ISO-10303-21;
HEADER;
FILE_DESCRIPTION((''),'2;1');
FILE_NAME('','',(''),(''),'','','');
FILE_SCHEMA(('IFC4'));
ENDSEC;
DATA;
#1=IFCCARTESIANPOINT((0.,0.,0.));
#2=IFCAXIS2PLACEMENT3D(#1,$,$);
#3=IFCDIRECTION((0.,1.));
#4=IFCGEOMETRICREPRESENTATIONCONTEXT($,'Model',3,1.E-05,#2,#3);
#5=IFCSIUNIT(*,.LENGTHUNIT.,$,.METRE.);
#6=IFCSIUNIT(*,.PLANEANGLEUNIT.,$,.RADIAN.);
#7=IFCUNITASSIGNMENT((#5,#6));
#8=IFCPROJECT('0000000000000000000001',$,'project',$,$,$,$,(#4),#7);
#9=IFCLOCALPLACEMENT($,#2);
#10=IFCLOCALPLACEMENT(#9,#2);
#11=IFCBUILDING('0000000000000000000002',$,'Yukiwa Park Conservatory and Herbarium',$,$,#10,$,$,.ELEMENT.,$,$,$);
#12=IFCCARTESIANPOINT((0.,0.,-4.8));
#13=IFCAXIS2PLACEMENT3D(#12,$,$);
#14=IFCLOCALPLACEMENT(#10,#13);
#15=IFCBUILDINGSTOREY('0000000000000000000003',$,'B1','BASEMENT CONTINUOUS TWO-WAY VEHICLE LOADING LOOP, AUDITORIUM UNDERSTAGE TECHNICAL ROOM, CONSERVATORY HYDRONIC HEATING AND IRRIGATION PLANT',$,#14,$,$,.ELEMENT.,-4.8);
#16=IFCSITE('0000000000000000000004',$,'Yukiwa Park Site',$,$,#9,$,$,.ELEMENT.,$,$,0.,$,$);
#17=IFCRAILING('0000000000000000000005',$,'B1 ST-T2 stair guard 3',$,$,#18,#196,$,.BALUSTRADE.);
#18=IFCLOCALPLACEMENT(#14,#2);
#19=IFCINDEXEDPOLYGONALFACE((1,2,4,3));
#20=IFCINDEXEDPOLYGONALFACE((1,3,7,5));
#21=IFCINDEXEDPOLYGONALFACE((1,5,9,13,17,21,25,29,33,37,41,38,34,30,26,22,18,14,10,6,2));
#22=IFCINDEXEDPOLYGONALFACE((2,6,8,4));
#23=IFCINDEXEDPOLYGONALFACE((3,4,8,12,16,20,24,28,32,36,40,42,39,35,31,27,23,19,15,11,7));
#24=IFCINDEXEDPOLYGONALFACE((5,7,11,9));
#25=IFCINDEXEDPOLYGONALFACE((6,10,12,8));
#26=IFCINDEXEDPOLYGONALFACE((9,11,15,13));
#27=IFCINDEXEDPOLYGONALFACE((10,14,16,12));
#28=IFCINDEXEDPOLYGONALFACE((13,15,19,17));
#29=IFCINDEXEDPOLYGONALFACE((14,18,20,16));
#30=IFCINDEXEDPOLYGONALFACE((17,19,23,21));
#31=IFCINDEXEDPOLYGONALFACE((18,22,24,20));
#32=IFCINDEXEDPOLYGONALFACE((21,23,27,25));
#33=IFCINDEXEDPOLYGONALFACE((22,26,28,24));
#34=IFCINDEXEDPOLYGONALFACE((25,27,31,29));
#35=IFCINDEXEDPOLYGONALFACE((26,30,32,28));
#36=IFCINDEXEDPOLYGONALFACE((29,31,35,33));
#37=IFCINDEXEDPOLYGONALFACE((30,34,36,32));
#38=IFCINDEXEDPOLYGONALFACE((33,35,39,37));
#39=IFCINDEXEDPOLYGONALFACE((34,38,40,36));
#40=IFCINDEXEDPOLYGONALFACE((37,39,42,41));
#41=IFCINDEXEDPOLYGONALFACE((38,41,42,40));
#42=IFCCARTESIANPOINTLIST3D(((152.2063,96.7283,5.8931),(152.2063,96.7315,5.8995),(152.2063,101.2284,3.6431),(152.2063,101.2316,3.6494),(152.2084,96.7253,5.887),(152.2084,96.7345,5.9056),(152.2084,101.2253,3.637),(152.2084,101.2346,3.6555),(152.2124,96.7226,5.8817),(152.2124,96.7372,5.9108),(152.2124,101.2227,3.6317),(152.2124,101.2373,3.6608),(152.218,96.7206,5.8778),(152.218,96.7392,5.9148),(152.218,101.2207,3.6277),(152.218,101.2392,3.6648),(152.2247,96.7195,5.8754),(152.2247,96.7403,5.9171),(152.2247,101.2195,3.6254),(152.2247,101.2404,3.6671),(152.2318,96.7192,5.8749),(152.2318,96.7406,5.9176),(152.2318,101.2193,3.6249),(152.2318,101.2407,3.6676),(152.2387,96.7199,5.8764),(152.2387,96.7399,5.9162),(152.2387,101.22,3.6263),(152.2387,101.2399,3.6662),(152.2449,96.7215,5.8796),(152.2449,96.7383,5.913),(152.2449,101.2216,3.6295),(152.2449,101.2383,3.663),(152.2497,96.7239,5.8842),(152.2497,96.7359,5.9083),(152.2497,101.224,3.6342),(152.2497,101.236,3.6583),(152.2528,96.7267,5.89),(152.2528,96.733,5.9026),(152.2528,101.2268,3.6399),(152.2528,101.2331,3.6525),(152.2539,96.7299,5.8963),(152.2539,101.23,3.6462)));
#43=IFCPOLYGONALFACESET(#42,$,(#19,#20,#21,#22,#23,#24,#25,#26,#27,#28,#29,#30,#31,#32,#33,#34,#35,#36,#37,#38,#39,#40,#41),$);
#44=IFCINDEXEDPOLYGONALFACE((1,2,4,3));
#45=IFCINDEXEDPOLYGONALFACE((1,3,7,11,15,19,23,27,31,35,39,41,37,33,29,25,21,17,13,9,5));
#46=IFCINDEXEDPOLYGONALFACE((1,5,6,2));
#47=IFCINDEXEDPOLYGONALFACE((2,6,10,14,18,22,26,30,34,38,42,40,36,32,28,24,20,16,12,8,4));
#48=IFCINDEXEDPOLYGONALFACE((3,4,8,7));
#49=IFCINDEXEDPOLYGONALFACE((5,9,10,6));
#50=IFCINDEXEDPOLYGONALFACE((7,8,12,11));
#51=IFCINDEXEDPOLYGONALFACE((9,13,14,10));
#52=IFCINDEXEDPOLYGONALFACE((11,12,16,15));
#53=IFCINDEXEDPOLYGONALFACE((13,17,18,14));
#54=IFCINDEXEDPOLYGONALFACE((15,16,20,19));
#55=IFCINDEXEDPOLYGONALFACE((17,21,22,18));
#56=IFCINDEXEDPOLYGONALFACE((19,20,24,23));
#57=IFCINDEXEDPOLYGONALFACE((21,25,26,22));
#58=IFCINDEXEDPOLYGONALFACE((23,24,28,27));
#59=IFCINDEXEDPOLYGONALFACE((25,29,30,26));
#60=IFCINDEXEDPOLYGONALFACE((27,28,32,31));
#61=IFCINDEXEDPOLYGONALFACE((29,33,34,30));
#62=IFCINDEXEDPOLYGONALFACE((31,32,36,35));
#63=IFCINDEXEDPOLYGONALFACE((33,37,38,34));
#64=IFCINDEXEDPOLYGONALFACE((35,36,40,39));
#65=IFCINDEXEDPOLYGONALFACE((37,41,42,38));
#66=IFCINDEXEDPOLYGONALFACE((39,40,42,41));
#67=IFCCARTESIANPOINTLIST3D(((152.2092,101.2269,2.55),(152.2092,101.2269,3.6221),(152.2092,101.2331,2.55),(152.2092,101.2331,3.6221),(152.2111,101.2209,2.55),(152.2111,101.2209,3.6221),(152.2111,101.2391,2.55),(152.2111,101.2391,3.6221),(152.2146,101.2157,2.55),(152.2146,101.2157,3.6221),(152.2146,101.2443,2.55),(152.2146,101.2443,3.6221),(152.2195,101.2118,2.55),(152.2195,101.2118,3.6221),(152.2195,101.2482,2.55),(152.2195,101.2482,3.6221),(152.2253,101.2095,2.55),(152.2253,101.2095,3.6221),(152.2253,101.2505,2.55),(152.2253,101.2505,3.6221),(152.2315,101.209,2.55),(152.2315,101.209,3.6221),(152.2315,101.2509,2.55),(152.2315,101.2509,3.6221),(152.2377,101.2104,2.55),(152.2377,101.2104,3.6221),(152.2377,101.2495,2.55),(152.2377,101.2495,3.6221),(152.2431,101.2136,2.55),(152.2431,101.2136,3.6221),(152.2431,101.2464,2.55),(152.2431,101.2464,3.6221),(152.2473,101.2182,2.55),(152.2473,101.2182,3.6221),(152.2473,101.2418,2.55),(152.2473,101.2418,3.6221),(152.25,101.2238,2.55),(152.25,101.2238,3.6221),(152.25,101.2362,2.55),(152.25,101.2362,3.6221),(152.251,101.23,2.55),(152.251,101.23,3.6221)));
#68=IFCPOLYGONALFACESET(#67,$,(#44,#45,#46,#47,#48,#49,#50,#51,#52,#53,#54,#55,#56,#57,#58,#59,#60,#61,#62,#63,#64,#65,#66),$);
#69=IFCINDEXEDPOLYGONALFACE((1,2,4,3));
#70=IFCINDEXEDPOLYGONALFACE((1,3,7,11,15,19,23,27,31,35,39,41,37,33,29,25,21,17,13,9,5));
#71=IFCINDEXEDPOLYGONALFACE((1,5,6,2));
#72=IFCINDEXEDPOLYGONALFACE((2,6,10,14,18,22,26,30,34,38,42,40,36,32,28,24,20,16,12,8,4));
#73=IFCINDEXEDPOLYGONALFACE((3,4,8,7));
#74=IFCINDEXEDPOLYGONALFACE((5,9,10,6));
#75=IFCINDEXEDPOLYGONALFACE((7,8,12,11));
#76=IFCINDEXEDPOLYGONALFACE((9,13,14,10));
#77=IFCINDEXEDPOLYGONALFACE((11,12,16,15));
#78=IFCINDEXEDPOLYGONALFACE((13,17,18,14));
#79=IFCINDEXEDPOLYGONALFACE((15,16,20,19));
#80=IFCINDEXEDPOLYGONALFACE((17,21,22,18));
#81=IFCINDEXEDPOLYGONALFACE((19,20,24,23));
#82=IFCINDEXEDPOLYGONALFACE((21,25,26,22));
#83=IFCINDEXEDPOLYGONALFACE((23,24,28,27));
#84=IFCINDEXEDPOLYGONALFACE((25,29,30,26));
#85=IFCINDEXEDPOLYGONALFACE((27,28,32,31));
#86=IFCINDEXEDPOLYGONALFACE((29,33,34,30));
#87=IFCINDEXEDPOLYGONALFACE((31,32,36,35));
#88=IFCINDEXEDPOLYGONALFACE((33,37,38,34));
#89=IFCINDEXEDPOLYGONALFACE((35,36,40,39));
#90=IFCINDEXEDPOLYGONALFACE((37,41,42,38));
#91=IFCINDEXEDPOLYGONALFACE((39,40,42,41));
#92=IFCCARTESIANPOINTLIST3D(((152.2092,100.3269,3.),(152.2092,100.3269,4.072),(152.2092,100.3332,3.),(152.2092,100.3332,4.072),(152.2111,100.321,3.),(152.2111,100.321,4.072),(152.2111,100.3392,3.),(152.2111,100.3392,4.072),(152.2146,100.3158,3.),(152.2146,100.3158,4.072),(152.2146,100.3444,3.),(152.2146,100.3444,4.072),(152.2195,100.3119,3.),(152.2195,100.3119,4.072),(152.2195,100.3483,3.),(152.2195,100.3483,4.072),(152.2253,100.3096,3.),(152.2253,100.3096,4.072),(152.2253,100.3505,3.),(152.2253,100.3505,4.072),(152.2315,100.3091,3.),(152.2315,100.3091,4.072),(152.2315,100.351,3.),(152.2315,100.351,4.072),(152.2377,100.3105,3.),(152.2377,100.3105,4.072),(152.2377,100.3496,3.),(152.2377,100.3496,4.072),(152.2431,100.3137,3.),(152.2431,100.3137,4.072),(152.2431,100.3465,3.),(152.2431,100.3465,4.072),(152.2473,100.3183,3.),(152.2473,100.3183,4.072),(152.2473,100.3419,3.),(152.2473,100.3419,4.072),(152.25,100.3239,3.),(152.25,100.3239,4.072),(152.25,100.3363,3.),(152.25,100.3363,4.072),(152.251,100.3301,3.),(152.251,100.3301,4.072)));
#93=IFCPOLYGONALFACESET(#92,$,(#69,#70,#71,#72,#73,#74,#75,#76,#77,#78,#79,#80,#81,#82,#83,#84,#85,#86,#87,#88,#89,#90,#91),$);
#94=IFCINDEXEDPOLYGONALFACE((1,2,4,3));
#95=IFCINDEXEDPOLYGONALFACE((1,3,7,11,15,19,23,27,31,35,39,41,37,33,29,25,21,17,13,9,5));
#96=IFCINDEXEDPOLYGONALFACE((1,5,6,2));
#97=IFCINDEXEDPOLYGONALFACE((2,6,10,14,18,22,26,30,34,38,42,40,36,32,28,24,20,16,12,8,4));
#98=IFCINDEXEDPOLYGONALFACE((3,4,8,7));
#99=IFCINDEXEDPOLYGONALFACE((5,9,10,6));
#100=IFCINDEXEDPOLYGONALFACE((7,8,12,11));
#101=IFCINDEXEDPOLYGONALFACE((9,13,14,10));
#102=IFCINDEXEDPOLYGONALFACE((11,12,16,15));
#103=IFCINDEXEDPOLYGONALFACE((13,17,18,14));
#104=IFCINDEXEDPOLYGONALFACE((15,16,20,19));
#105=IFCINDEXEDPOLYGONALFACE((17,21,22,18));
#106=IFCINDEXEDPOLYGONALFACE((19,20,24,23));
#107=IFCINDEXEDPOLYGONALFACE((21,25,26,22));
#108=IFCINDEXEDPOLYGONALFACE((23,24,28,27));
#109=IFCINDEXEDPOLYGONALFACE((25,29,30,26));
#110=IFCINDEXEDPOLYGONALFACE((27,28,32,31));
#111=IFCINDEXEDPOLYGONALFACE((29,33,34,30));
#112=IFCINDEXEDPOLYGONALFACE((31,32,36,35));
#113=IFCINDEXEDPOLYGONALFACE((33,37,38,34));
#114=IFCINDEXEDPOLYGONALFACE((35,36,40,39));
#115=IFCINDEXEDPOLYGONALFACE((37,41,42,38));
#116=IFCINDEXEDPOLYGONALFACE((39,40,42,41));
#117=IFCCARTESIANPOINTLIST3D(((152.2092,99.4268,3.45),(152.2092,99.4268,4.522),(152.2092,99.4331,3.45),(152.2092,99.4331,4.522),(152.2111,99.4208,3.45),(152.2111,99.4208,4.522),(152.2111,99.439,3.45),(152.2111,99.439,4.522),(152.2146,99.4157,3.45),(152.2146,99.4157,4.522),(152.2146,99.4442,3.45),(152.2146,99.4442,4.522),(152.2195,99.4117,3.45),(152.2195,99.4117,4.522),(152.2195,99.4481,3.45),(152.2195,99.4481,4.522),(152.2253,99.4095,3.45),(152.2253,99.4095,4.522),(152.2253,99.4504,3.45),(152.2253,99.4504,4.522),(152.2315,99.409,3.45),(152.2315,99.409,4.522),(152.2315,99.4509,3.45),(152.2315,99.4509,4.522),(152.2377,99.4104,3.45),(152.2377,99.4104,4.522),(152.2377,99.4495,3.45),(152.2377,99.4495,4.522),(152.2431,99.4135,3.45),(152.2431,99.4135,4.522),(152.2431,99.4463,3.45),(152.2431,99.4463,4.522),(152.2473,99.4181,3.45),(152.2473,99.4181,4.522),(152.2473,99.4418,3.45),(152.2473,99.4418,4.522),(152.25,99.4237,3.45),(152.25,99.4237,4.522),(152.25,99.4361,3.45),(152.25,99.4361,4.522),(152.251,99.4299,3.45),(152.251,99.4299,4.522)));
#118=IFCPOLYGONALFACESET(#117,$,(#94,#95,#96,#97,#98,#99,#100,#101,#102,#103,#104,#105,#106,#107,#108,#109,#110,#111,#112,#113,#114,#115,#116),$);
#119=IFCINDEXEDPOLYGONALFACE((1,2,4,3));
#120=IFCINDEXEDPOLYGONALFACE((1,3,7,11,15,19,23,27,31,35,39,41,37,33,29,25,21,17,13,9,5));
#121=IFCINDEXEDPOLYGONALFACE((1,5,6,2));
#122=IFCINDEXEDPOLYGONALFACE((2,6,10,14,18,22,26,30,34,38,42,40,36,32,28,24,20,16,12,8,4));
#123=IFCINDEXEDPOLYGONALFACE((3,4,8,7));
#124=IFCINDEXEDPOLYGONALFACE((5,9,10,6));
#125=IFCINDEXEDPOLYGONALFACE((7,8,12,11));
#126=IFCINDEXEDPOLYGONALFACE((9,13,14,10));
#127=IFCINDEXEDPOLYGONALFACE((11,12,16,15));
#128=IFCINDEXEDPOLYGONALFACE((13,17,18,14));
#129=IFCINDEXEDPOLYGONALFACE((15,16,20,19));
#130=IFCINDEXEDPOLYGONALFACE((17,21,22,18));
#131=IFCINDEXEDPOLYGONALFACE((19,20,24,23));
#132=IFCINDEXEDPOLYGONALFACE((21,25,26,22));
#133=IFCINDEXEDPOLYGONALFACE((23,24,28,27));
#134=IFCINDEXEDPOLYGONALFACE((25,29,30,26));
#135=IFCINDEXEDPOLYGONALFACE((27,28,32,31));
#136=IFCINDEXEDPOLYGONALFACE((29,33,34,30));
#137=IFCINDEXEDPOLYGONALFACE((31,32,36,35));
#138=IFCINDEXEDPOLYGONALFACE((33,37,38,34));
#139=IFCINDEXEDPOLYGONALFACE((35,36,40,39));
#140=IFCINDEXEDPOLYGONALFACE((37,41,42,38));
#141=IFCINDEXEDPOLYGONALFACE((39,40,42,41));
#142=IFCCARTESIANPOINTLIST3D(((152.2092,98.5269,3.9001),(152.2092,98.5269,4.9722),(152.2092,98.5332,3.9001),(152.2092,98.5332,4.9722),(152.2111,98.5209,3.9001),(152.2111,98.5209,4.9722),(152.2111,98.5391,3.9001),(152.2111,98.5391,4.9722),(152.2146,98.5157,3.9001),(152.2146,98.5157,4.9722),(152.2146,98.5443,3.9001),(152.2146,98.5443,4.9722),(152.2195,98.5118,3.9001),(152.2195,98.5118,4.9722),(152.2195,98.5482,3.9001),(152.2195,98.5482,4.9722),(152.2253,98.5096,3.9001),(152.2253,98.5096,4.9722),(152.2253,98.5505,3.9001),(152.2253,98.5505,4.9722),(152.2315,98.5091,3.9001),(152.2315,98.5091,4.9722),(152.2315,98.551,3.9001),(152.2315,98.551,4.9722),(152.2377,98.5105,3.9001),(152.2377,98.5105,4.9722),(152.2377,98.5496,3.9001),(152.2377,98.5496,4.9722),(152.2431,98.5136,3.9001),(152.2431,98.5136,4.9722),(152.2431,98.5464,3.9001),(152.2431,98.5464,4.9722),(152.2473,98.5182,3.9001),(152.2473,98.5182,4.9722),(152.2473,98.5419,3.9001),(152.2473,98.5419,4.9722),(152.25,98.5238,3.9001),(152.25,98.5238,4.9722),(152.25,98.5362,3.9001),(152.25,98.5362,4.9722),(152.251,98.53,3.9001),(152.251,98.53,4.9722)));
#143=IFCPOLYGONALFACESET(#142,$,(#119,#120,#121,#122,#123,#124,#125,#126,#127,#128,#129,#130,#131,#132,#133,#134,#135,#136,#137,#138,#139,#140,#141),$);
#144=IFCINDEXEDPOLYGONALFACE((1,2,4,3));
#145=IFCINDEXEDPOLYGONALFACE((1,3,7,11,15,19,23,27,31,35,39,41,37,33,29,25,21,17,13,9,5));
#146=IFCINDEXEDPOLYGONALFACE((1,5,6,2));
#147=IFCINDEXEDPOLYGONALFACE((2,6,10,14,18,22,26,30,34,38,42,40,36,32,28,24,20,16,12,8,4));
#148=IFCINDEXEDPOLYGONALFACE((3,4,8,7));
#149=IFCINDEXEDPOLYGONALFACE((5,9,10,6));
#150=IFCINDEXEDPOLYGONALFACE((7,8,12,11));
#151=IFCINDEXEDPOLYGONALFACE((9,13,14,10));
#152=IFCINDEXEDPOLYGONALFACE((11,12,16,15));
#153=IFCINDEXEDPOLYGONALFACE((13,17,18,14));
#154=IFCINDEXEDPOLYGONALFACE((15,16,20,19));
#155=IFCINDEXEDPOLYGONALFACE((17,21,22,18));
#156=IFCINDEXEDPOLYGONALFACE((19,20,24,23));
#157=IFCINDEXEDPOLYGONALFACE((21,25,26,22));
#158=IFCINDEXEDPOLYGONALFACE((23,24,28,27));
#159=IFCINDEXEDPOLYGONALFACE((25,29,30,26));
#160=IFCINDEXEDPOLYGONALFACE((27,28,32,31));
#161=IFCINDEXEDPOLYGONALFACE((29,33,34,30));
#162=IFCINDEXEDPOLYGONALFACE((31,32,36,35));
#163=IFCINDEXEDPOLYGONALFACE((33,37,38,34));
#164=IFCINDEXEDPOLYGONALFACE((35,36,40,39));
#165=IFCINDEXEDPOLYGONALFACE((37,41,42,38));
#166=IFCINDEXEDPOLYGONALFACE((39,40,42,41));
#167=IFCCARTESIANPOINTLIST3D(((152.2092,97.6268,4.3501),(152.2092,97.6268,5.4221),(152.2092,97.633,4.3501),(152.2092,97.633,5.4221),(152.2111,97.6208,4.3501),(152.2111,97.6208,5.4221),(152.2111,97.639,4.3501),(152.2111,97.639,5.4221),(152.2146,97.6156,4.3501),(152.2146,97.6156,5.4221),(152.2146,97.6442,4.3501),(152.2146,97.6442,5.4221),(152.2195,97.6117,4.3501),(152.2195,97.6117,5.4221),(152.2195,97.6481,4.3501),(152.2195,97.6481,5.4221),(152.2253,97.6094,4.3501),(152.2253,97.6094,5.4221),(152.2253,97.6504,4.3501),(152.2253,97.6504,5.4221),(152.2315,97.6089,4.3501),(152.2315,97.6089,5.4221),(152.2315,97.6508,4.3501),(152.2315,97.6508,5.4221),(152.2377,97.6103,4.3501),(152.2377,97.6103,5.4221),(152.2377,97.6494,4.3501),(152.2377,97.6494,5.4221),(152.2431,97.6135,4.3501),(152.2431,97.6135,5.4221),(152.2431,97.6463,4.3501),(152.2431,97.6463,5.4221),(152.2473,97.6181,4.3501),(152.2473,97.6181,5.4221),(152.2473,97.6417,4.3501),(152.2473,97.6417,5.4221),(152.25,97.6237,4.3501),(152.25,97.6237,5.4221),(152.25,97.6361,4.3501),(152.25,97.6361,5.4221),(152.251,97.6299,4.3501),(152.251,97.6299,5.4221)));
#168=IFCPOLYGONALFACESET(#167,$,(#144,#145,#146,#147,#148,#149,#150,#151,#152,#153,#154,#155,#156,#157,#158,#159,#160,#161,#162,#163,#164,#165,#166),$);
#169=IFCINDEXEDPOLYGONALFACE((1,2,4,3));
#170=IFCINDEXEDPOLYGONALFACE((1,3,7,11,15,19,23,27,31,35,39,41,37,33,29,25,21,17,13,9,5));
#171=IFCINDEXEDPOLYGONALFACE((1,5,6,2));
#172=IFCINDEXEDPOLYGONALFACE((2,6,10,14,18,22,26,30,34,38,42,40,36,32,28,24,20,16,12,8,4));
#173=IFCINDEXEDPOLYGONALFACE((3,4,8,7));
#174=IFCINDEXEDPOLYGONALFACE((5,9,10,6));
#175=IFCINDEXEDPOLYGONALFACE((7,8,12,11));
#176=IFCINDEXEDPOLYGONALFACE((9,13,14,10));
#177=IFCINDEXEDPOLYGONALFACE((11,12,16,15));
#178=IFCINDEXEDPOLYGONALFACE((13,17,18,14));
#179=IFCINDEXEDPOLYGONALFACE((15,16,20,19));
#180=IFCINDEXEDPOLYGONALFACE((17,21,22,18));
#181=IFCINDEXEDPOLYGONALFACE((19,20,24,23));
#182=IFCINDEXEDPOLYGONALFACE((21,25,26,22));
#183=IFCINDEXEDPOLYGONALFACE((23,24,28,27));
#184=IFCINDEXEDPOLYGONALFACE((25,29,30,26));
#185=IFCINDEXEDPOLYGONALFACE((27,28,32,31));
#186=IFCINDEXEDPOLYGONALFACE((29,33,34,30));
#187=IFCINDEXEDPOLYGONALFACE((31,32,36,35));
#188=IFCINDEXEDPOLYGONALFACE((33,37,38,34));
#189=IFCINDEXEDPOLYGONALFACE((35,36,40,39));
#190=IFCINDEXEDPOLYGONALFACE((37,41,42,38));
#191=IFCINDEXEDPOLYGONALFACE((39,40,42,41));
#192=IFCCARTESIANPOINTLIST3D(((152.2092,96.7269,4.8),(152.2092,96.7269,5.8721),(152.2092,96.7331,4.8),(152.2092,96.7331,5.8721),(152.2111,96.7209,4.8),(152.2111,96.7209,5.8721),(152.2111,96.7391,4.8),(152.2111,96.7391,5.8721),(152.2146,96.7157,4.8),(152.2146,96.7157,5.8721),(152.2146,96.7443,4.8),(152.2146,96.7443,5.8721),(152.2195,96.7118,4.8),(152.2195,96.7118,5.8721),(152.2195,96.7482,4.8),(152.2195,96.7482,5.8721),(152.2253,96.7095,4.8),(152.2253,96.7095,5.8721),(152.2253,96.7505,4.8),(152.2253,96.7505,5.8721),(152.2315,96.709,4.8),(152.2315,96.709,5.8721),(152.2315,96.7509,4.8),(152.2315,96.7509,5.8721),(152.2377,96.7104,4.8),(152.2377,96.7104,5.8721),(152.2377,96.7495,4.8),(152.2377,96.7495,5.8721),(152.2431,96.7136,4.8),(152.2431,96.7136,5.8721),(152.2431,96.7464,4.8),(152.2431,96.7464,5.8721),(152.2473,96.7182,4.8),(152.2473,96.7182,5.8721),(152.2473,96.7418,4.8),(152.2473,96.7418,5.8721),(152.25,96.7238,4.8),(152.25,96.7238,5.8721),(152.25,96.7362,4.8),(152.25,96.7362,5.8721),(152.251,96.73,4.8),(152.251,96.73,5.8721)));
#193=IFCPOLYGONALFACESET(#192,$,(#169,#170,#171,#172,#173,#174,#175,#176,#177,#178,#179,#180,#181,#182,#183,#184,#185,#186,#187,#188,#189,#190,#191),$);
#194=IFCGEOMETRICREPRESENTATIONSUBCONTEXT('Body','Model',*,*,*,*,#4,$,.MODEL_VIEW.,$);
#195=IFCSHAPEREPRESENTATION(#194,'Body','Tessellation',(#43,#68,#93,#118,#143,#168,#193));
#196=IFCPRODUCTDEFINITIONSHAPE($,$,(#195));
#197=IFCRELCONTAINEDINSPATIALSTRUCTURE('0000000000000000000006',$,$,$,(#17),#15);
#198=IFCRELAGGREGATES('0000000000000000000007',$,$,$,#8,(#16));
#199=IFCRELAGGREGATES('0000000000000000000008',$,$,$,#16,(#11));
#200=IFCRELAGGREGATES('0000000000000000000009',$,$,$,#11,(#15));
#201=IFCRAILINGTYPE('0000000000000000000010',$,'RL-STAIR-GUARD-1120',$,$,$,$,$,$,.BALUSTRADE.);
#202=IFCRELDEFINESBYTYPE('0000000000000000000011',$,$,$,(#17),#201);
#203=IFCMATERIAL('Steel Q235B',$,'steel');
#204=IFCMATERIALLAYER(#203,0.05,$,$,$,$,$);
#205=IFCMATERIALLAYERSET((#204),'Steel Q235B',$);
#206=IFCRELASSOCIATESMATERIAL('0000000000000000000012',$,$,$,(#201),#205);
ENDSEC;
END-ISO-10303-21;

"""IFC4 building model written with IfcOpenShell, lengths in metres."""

from ifc_helpers import new_model, si_unit, direction, frame, origin, origin_2d, place, context, subcontext, project, spatial, circle, extrude, material, layer, layer_set, type_object, element, save


model = new_model("IFC4")

# Units and contexts
model_context = context("Model", 3, precision=1e-05, world=origin(), true_north=direction((0.0, 1.0)))
body_context = subcontext(model_context, "Body", "Model", "MODEL_VIEW")
ifc_project = project(units=[si_unit("LENGTHUNIT", "METRE"), si_unit("PLANEANGLEUNIT", "RADIAN")], contexts=[model_context])

# Site, building, storey
site_placement = place(None, origin())
site = spatial("IfcSite", under=ifc_project, at=site_placement, Name="Yukiwa Park Site", CompositionType="ELEMENT", RefElevation=0.0)
building_placement = place(site_placement, origin())
building = spatial("IfcBuilding", under=site, at=building_placement, Name="Yukiwa Park Conservatory and Herbarium", CompositionType="ELEMENT")
storey_placement = place(building_placement, frame((0.0, 0.0, -4.8)))
storey = spatial("IfcBuildingStorey", under=building, at=storey_placement, Name="B1", Description="BASEMENT CONTINUOUS TWO-WAY VEHICLE LOADING LOOP, AUDITORIUM UNDERSTAGE TECHNICAL ROOM, CONSERVATORY HYDRONIC HEATING AND IRRIGATION PLANT", CompositionType="ELEMENT", Elevation=-4.8)

# Railing
ifc_material_1 = material(Name="Steel Q235B", Category="steel")
ifc_layer_1 = layer(ifc_material_1, 0.05)
ifc_layer_set_1 = layer_set([ifc_layer_1], Name="Steel Q235B")
railing_type_1 = type_object("IfcRailingType", Name="RL-STAIR-GUARD-1120", PredefinedType="BALUSTRADE", material=ifc_layer_set_1)
for number, where, name in (
    (1, (152.23, 101.23, 2.55), "B1 ST-T2 stair guard 3"),
):
    element("IfcRailing", number, at=place(storey_placement, frame(where)), inside=storey, type_object=railing_type_1, Name=name, PredefinedType="BALUSTRADE", context=body_context, shape_type="SweptSolid", body=[
        extrude(circle(Radius=0.0239, at=origin_2d()), frame((0.0, 0.0, 1.0962), z_axis=(0.0, -0.894427, 0.447214), x_axis=(1.0, 0.0, 0.0)), (0.0, 0.0, 1.0), 5.0312),
        extrude(circle(Radius=0.021, at=origin_2d()), origin(), (0.0, 0.0, 1.0), 1.072),
        extrude(circle(Radius=0.021, at=origin_2d()), frame((0.0, -0.8999, 0.45)), (0.0, 0.0, 1.0), 1.072),
        extrude(circle(Radius=0.021, at=origin_2d()), frame((0.0, -1.8, 0.8999)), (0.0, 0.0, 1.0), 1.072),
        extrude(circle(Radius=0.021, at=origin_2d()), frame((0.0, -2.7, 1.3501)), (0.0, 0.0, 1.0), 1.072),
        extrude(circle(Radius=0.021, at=origin_2d()), frame((0.0, -3.6001, 1.8)), (0.0, 0.0, 1.0), 1.072),
        extrude(circle(Radius=0.021, at=origin_2d()), frame((0.0, -4.5, 2.25)), (0.0, 0.0, 1.0), 1.072),
    ])

save(model, "model.ifc")
